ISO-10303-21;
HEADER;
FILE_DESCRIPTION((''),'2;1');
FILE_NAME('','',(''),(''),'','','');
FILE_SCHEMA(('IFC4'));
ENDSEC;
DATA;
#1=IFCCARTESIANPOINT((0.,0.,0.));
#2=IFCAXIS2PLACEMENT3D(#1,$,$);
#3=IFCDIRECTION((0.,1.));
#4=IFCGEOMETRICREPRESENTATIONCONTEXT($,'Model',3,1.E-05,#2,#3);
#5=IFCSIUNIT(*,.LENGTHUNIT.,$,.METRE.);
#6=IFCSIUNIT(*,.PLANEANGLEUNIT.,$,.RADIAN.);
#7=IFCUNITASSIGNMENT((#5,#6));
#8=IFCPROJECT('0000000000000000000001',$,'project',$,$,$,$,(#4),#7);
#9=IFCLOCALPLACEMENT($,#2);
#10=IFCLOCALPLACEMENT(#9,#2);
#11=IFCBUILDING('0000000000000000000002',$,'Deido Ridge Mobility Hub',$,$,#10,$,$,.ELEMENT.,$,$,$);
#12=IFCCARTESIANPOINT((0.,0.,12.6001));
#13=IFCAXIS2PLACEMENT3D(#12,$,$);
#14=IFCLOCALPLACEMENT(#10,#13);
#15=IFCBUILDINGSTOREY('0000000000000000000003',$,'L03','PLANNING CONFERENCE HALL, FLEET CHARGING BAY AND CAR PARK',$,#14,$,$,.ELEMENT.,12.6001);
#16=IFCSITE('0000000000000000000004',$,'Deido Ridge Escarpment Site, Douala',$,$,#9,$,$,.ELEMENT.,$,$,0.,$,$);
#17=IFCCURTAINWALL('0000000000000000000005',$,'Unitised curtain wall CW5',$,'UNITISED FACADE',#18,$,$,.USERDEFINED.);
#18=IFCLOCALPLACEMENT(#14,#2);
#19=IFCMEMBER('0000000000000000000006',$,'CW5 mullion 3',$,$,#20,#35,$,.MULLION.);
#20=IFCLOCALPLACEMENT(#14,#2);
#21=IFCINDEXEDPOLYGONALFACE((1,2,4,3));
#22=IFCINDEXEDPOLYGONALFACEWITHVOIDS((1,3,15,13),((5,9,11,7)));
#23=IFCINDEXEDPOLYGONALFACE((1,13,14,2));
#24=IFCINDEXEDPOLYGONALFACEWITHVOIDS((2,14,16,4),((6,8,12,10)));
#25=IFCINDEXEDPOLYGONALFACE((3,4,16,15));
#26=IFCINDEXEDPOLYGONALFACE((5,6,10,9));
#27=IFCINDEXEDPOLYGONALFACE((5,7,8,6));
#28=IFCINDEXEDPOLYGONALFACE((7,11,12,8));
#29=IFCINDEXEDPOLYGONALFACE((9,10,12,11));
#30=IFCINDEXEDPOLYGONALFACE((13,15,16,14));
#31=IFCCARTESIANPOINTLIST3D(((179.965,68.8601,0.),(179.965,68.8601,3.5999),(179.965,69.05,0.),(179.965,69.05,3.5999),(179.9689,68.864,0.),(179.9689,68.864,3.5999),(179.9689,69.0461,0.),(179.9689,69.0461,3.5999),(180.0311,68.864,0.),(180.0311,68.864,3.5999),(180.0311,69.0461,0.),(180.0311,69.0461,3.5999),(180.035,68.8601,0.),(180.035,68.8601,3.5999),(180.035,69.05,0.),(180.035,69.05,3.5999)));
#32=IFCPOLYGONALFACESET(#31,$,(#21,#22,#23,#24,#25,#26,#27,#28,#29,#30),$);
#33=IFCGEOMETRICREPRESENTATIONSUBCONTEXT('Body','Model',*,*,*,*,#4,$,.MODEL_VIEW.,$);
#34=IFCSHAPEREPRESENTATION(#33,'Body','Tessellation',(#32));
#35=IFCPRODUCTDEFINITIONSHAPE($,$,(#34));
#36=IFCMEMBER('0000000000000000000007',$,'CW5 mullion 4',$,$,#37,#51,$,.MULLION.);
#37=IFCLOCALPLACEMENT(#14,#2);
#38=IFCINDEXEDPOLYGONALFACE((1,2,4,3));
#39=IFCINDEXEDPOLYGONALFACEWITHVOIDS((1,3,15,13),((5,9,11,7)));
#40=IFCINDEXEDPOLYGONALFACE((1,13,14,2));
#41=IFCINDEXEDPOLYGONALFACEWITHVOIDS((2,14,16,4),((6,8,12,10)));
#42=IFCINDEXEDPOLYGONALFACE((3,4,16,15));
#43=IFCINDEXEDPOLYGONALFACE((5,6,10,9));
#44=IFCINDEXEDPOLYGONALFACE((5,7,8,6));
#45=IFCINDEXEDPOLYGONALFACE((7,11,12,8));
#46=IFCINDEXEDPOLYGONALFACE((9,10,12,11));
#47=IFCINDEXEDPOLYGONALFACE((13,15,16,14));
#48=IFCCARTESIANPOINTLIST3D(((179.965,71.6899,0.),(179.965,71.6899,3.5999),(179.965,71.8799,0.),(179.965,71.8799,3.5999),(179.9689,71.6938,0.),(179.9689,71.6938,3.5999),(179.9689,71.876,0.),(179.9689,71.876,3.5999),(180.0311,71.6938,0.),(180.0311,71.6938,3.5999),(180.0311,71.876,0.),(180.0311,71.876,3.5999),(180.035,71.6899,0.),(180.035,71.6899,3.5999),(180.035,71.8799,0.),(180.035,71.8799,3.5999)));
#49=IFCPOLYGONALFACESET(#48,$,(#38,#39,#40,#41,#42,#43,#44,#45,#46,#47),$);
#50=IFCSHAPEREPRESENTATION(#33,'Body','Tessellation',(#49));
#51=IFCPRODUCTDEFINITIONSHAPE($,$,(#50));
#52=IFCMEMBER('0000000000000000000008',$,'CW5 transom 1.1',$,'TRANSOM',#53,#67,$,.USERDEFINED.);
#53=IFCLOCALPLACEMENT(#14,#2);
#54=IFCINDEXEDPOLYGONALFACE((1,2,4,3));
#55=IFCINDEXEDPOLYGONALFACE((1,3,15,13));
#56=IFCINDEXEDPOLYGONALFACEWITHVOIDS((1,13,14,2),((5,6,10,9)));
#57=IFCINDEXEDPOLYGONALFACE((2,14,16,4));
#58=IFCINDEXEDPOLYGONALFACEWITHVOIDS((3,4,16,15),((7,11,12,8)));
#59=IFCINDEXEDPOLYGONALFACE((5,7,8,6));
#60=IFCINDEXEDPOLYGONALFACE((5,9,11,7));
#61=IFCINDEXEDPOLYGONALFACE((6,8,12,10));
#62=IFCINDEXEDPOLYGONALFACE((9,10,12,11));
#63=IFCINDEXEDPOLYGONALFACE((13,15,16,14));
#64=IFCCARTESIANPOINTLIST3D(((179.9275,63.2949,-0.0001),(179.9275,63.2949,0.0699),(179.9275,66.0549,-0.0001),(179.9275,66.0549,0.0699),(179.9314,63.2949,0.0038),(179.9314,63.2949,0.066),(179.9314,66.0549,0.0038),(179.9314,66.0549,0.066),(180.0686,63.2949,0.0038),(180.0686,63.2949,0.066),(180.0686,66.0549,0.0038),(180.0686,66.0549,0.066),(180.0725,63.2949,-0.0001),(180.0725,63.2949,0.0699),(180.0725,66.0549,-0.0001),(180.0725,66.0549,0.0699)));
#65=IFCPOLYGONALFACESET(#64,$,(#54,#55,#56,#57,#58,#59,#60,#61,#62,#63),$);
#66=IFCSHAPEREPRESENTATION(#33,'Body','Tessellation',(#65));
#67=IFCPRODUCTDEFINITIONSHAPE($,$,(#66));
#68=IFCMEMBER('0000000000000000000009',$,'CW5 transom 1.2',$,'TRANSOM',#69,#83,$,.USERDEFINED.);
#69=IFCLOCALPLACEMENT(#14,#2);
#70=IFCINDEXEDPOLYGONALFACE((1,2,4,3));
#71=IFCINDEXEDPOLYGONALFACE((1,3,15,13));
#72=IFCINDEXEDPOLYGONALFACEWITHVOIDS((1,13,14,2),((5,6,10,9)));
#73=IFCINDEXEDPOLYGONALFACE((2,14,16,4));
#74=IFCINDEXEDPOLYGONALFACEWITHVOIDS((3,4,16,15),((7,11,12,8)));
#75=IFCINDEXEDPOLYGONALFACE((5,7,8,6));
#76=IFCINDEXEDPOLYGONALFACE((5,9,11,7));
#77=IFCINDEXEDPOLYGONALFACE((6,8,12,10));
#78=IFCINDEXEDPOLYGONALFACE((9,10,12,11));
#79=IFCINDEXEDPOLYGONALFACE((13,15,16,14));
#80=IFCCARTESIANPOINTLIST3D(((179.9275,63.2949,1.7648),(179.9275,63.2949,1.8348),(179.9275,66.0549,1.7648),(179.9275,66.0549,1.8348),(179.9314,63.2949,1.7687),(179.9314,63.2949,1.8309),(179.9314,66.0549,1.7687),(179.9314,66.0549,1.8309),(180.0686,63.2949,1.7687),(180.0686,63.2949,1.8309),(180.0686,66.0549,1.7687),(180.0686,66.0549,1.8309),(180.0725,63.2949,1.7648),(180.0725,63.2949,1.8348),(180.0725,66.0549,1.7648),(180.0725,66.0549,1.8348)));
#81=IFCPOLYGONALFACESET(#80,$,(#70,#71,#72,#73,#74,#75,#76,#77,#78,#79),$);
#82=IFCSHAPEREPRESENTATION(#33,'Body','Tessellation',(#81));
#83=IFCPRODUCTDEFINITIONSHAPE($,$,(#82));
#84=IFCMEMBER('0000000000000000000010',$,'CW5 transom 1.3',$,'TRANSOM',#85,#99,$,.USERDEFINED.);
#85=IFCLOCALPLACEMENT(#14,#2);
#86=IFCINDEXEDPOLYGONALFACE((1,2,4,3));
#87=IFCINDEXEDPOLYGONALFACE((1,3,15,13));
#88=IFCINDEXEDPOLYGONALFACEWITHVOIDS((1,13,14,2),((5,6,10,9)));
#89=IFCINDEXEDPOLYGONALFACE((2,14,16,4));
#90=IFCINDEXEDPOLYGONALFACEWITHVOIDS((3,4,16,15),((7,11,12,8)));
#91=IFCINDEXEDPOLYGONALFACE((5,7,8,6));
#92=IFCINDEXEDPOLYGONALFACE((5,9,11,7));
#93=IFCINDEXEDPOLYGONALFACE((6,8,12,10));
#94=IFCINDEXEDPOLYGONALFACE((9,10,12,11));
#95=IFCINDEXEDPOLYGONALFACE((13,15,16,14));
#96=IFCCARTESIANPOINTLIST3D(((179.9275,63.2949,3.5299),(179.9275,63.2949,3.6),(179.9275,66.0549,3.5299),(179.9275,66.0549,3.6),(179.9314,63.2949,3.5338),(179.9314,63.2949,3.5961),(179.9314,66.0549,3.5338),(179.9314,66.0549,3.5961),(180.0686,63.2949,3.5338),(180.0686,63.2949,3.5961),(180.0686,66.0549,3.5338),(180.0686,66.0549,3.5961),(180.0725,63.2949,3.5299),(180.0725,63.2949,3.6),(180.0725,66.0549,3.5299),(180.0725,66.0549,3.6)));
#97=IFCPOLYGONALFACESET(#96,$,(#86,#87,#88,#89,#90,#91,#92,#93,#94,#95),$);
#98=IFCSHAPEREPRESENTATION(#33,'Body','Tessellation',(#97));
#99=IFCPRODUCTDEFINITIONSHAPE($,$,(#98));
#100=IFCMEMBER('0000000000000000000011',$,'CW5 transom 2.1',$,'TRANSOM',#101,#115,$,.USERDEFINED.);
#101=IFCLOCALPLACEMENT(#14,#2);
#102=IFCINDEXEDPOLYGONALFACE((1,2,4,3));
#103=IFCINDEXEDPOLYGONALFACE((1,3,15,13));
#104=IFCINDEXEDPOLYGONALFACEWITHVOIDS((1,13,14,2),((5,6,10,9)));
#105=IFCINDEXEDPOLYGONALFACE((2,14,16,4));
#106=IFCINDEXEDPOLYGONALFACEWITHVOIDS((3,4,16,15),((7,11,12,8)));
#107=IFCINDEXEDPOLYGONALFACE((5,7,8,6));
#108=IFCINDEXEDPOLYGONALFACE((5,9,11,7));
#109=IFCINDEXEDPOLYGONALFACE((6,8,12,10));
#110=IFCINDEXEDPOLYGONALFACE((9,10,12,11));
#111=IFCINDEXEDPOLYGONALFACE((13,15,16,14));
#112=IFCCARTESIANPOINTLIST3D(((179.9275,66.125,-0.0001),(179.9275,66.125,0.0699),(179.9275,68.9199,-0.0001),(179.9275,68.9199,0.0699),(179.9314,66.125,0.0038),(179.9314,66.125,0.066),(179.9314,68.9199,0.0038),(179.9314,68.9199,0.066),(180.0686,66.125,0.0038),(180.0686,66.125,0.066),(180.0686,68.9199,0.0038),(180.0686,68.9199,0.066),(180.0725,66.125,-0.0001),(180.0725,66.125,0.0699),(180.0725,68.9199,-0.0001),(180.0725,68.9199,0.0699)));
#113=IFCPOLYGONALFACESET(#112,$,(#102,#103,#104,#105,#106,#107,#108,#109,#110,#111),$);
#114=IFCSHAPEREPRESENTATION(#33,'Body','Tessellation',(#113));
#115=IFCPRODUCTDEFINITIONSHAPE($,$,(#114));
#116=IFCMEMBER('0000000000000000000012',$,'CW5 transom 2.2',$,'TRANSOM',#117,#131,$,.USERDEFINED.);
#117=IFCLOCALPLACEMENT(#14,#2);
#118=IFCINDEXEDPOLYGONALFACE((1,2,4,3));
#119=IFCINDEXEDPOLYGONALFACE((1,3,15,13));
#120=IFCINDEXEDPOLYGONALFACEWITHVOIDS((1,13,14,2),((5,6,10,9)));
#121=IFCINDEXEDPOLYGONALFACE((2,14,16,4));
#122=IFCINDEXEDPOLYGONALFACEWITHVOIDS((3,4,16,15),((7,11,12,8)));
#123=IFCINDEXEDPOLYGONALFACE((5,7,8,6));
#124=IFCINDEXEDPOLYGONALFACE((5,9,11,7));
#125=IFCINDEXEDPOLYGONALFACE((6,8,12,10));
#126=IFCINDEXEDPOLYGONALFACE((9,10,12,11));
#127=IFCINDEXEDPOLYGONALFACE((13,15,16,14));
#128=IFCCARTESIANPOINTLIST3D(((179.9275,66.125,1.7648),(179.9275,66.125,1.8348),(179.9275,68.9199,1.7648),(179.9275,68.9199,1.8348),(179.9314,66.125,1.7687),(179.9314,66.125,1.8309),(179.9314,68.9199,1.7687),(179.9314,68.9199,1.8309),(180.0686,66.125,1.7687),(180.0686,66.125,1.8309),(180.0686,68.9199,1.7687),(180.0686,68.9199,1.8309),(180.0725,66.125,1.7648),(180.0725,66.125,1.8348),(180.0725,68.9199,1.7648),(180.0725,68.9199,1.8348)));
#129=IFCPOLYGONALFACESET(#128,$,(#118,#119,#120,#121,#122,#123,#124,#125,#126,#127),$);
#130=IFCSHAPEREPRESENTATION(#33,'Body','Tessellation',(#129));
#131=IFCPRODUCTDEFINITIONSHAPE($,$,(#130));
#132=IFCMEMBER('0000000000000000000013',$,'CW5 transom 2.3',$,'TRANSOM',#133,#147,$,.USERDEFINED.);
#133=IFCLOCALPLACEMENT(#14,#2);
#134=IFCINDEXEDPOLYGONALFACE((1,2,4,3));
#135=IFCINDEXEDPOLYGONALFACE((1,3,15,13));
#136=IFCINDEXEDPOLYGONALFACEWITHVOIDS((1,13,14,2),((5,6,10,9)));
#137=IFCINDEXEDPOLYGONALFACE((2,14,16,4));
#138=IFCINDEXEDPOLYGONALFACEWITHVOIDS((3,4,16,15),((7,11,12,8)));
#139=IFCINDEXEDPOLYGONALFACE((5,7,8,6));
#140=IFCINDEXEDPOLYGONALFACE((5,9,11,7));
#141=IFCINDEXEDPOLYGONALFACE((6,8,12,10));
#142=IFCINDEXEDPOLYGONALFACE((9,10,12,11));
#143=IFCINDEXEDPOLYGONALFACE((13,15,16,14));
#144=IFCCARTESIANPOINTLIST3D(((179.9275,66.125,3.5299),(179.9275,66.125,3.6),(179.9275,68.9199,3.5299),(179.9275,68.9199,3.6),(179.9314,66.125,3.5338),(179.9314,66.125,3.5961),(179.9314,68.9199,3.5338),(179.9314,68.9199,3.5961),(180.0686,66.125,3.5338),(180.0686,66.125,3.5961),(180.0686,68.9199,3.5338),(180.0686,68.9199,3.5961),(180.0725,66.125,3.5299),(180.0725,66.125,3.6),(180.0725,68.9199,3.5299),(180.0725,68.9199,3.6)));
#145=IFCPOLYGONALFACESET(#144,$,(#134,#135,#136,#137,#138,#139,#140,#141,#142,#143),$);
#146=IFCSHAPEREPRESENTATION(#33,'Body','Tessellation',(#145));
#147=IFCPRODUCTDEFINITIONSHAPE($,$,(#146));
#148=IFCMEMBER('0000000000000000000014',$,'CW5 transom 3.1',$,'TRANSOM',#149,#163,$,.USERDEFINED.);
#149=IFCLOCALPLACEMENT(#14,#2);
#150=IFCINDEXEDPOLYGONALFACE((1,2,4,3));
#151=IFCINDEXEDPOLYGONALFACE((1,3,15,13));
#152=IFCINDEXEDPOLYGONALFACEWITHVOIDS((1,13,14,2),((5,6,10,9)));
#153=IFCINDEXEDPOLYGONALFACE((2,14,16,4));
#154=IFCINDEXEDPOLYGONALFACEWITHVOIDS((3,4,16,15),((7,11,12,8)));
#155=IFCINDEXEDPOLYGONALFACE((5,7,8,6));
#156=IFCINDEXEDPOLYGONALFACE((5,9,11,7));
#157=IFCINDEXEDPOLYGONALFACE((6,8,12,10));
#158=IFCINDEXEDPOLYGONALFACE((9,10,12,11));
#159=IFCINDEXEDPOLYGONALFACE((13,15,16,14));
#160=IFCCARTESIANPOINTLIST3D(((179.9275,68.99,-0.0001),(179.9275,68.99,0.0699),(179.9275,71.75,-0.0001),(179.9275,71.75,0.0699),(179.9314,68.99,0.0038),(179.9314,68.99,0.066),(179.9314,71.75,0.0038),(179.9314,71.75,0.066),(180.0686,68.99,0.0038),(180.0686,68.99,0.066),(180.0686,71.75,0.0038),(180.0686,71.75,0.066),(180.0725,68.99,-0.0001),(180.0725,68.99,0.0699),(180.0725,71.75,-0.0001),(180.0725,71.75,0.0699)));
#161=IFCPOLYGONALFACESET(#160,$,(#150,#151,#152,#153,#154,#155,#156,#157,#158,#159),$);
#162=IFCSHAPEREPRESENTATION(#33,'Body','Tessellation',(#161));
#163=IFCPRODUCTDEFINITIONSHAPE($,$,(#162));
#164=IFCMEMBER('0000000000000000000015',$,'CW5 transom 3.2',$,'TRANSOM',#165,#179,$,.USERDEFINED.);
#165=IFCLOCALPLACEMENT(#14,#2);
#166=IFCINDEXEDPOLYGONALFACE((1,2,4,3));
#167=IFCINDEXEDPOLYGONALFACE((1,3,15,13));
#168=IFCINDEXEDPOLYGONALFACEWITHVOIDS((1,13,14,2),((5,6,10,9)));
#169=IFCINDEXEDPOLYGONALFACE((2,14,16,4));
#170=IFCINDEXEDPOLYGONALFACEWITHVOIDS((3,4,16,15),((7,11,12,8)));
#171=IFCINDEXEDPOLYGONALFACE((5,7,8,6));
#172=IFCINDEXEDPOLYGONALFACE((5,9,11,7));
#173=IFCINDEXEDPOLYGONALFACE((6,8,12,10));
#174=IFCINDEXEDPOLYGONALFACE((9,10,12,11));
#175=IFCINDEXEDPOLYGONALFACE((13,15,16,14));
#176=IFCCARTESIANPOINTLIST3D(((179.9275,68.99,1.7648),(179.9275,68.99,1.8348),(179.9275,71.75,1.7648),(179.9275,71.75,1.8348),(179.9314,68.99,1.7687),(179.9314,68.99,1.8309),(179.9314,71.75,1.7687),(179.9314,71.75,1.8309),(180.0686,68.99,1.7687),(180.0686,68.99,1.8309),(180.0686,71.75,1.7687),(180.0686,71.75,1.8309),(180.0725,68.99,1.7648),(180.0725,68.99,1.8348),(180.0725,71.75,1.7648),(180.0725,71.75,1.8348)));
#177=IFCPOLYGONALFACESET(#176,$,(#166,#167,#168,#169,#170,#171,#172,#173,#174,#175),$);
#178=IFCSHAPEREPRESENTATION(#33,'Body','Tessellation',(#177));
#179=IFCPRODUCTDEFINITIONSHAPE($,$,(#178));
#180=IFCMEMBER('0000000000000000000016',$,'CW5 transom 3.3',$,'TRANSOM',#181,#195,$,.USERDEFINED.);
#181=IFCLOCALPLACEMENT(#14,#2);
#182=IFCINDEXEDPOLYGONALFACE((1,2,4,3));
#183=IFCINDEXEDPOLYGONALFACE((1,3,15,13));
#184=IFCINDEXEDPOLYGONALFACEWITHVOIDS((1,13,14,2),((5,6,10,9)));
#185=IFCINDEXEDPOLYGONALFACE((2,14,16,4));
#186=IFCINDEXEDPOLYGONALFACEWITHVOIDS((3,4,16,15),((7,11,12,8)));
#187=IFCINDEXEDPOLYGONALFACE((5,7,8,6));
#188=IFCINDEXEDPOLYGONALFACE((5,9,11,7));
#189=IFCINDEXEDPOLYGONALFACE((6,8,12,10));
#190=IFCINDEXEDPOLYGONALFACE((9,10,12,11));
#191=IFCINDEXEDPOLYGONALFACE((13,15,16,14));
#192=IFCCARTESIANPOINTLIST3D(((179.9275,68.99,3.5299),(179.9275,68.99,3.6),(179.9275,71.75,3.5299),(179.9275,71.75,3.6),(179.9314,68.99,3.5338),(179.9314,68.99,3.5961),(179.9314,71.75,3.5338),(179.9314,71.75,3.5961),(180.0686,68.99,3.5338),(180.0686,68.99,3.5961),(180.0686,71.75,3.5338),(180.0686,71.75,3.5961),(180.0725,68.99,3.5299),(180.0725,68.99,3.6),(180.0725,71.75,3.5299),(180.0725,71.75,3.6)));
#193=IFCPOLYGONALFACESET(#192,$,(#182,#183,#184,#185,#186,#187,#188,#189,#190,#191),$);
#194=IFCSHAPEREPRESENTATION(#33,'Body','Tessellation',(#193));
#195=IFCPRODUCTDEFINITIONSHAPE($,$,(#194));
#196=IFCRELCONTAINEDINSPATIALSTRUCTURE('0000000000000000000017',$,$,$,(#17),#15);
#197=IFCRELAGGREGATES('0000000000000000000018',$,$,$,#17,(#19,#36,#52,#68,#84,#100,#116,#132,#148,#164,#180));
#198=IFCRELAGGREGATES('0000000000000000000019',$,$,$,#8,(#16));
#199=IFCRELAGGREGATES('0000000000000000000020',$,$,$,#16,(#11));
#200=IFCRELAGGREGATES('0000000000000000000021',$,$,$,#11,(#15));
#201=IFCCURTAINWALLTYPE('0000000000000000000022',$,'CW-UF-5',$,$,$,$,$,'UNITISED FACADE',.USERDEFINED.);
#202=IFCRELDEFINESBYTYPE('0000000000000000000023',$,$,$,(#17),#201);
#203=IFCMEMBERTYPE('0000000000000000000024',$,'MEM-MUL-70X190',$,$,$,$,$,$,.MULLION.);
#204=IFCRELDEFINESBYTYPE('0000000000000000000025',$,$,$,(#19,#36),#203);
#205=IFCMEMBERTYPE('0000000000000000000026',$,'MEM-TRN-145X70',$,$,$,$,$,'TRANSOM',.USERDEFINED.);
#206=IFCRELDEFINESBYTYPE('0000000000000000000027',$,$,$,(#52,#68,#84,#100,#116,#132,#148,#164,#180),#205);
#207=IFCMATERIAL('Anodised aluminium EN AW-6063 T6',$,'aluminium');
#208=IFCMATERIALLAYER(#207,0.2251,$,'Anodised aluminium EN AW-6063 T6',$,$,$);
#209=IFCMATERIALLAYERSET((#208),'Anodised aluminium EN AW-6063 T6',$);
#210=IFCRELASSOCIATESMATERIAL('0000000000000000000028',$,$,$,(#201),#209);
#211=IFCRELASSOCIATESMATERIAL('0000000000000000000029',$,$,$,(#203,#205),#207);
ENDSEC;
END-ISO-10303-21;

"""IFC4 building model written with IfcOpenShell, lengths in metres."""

from ifc_helpers import new_model, si_unit, direction, frame, origin, origin_2d, place, context, subcontext, project, spatial, hollow_rectangle, extrude, material, layer, layer_set, material_profile, profile_set, type_object, element, aggregate, save


model = new_model("IFC4")

# Units and contexts
model_context = context("Model", 3, precision=1e-05, world=origin(), true_north=direction((0.0, 1.0)))
body_context = subcontext(model_context, "Body", "Model", "MODEL_VIEW")
ifc_project = project(units=[si_unit("LENGTHUNIT", "METRE"), si_unit("PLANEANGLEUNIT", "RADIAN")], contexts=[model_context])

# Site, building, storey
site_placement = place(None, origin())
site = spatial("IfcSite", under=ifc_project, at=site_placement, Name="Deido Ridge Escarpment Site, Douala", CompositionType="ELEMENT", RefElevation=0.0)
building_placement = place(site_placement, origin())
building = spatial("IfcBuilding", under=site, at=building_placement, Name="Deido Ridge Mobility Hub", CompositionType="ELEMENT")
storey_placement = place(building_placement, frame((0.0, 0.0, 12.6001)))
storey = spatial("IfcBuildingStorey", under=building, at=storey_placement, Name="L03", Description="PLANNING CONFERENCE HALL, FLEET CHARGING BAY AND CAR PARK", CompositionType="ELEMENT", Elevation=12.6001)

# Curtain wall, members
ifc_material_1 = material(Name="Anodised aluminium EN AW-6063 T6", Category="aluminium")
ifc_layer_1 = layer(ifc_material_1, 0.2251, Name="Anodised aluminium EN AW-6063 T6")
ifc_layer_set_1 = layer_set([ifc_layer_1], Name="Anodised aluminium EN AW-6063 T6")
curtain_wall_type = type_object("IfcCurtainWallType", Name="CW-UF-5", ElementType="UNITISED FACADE", PredefinedType="USERDEFINED", material=ifc_layer_set_1)
curtain_wall_placement = place(storey_placement, origin())
curtain_wall = element("IfcCurtainWall", 1, at=curtain_wall_placement, inside=storey, type_object=curtain_wall_type, Name="Unitised curtain wall CW5", ObjectType="UNITISED FACADE", PredefinedType="USERDEFINED")
ifc_material_profile_1 = material_profile(ifc_material_1, hollow_rectangle(XDim=0.0701, YDim=0.1899, WallThickness=0.0039, at=origin_2d()), Name="RHS 70x190x4")
ifc_profile_set_1 = profile_set([ifc_material_profile_1], Name="Anodised aluminium EN AW-6063 T6")
member_type_1 = type_object("IfcMemberType", Name="MEM-MUL-70X190", PredefinedType="MULLION", material=ifc_profile_set_1)
member_1_placement = place(storey_placement, frame((180.0, 68.9551, 0.0), z_axis=(0.0, 0.0, 1.0), x_axis=(-1.0, 0.0, 0.0)))
member_1 = element("IfcMember", 2, at=member_1_placement, type_object=member_type_1, Name="CW5 mullion 3", PredefinedType="MULLION", context=body_context, shape_type="SweptSolid", body=[
    extrude(hollow_rectangle(XDim=0.0701, YDim=0.1899, WallThickness=0.0039, at=origin_2d()), origin(), (0.0, 0.0, 1.0), 3.5999),
])
member_2_placement = place(storey_placement, frame((180.0, 71.7849, 0.0), z_axis=(0.0, 0.0, 1.0), x_axis=(-1.0, 0.0, 0.0)))
member_2 = element("IfcMember", 3, at=member_2_placement, type_object=member_type_1, Name="CW5 mullion 4", PredefinedType="MULLION", context=body_context, shape_type="SweptSolid", body=[
    extrude(hollow_rectangle(XDim=0.0701, YDim=0.1899, WallThickness=0.0039, at=origin_2d()), origin(), (0.0, 0.0, 1.0), 3.5999),
])
ifc_material_profile_2 = material_profile(ifc_material_1, hollow_rectangle(XDim=0.145, YDim=0.0701, WallThickness=0.0039, at=origin_2d()), Name="RHS 145x70x4")
ifc_profile_set_2 = profile_set([ifc_material_profile_2], Name="Anodised aluminium EN AW-6063 T6")
member_type_2 = type_object("IfcMemberType", Name="MEM-TRN-145X70", ElementType="TRANSOM", PredefinedType="USERDEFINED", material=ifc_profile_set_2)
member_3_placement = place(storey_placement, frame((180.0, 63.2949, 0.0349), z_axis=(0.0, 1.0, 0.0), x_axis=(-1.0, 0.0, 0.0)))
member_3 = element("IfcMember", 4, at=member_3_placement, type_object=member_type_2, Name="CW5 transom 1.1", ObjectType="TRANSOM", PredefinedType="USERDEFINED", context=body_context, shape_type="SweptSolid", body=[
    extrude(hollow_rectangle(XDim=0.145, YDim=0.0701, WallThickness=0.0039, at=origin_2d()), origin(), (0.0, 0.0, 1.0), 2.76),
])
member_4_placement = place(storey_placement, frame((180.0, 63.2949, 1.7998), z_axis=(0.0, 1.0, 0.0), x_axis=(-1.0, 0.0, 0.0)))
member_4 = element("IfcMember", 5, at=member_4_placement, type_object=member_type_2, Name="CW5 transom 1.2", ObjectType="TRANSOM", PredefinedType="USERDEFINED", context=body_context, shape_type="SweptSolid", body=[
    extrude(hollow_rectangle(XDim=0.145, YDim=0.0701, WallThickness=0.0039, at=origin_2d()), origin(), (0.0, 0.0, 1.0), 2.76),
])
member_5_placement = place(storey_placement, frame((180.0, 63.2949, 3.5649), z_axis=(0.0, 1.0, 0.0), x_axis=(-1.0, 0.0, 0.0)))
member_5 = element("IfcMember", 6, at=member_5_placement, type_object=member_type_2, Name="CW5 transom 1.3", ObjectType="TRANSOM", PredefinedType="USERDEFINED", context=body_context, shape_type="SweptSolid", body=[
    extrude(hollow_rectangle(XDim=0.145, YDim=0.0701, WallThickness=0.0039, at=origin_2d()), origin(), (0.0, 0.0, 1.0), 2.76),
])
member_6_placement = place(storey_placement, frame((180.0, 66.125, 0.0349), z_axis=(0.0, 1.0, 0.0), x_axis=(-1.0, 0.0, 0.0)))
member_6 = element("IfcMember", 7, at=member_6_placement, type_object=member_type_2, Name="CW5 transom 2.1", ObjectType="TRANSOM", PredefinedType="USERDEFINED", context=body_context, shape_type="SweptSolid", body=[
    extrude(hollow_rectangle(XDim=0.145, YDim=0.0701, WallThickness=0.0039, at=origin_2d()), origin(), (0.0, 0.0, 1.0), 2.7949),
])
member_7_placement = place(storey_placement, frame((180.0, 66.125, 1.7998), z_axis=(0.0, 1.0, 0.0), x_axis=(-1.0, 0.0, 0.0)))
member_7 = element("IfcMember", 8, at=member_7_placement, type_object=member_type_2, Name="CW5 transom 2.2", ObjectType="TRANSOM", PredefinedType="USERDEFINED", context=body_context, shape_type="SweptSolid", body=[
    extrude(hollow_rectangle(XDim=0.145, YDim=0.0701, WallThickness=0.0039, at=origin_2d()), origin(), (0.0, 0.0, 1.0), 2.7949),
])
member_8_placement = place(storey_placement, frame((180.0, 66.125, 3.5649), z_axis=(0.0, 1.0, 0.0), x_axis=(-1.0, 0.0, 0.0)))
member_8 = element("IfcMember", 9, at=member_8_placement, type_object=member_type_2, Name="CW5 transom 2.3", ObjectType="TRANSOM", PredefinedType="USERDEFINED", context=body_context, shape_type="SweptSolid", body=[
    extrude(hollow_rectangle(XDim=0.145, YDim=0.0701, WallThickness=0.0039, at=origin_2d()), origin(), (0.0, 0.0, 1.0), 2.7949),
])
member_9_placement = place(storey_placement, frame((180.0, 68.99, 0.0349), z_axis=(0.0, 1.0, 0.0), x_axis=(-1.0, 0.0, 0.0)))
member_9 = element("IfcMember", 10, at=member_9_placement, type_object=member_type_2, Name="CW5 transom 3.1", ObjectType="TRANSOM", PredefinedType="USERDEFINED", context=body_context, shape_type="SweptSolid", body=[
    extrude(hollow_rectangle(XDim=0.145, YDim=0.0701, WallThickness=0.0039, at=origin_2d()), origin(), (0.0, 0.0, 1.0), 2.76),
])
member_10_placement = place(storey_placement, frame((180.0, 68.99, 1.7998), z_axis=(0.0, 1.0, 0.0), x_axis=(-1.0, 0.0, 0.0)))
member_10 = element("IfcMember", 11, at=member_10_placement, type_object=member_type_2, Name="CW5 transom 3.2", ObjectType="TRANSOM", PredefinedType="USERDEFINED", context=body_context, shape_type="SweptSolid", body=[
    extrude(hollow_rectangle(XDim=0.145, YDim=0.0701, WallThickness=0.0039, at=origin_2d()), origin(), (0.0, 0.0, 1.0), 2.76),
])
member_11_placement = place(storey_placement, frame((180.0, 68.99, 3.5649), z_axis=(0.0, 1.0, 0.0), x_axis=(-1.0, 0.0, 0.0)))
member_11 = element("IfcMember", 12, at=member_11_placement, type_object=member_type_2, Name="CW5 transom 3.3", ObjectType="TRANSOM", PredefinedType="USERDEFINED", context=body_context, shape_type="SweptSolid", body=[
    extrude(hollow_rectangle(XDim=0.145, YDim=0.0701, WallThickness=0.0039, at=origin_2d()), origin(), (0.0, 0.0, 1.0), 2.76),
])

aggregate(curtain_wall, [member_1, member_2, member_3, member_4, member_5, member_6, member_7, member_8, member_9, member_10, member_11])

save(model, "model.ifc")
